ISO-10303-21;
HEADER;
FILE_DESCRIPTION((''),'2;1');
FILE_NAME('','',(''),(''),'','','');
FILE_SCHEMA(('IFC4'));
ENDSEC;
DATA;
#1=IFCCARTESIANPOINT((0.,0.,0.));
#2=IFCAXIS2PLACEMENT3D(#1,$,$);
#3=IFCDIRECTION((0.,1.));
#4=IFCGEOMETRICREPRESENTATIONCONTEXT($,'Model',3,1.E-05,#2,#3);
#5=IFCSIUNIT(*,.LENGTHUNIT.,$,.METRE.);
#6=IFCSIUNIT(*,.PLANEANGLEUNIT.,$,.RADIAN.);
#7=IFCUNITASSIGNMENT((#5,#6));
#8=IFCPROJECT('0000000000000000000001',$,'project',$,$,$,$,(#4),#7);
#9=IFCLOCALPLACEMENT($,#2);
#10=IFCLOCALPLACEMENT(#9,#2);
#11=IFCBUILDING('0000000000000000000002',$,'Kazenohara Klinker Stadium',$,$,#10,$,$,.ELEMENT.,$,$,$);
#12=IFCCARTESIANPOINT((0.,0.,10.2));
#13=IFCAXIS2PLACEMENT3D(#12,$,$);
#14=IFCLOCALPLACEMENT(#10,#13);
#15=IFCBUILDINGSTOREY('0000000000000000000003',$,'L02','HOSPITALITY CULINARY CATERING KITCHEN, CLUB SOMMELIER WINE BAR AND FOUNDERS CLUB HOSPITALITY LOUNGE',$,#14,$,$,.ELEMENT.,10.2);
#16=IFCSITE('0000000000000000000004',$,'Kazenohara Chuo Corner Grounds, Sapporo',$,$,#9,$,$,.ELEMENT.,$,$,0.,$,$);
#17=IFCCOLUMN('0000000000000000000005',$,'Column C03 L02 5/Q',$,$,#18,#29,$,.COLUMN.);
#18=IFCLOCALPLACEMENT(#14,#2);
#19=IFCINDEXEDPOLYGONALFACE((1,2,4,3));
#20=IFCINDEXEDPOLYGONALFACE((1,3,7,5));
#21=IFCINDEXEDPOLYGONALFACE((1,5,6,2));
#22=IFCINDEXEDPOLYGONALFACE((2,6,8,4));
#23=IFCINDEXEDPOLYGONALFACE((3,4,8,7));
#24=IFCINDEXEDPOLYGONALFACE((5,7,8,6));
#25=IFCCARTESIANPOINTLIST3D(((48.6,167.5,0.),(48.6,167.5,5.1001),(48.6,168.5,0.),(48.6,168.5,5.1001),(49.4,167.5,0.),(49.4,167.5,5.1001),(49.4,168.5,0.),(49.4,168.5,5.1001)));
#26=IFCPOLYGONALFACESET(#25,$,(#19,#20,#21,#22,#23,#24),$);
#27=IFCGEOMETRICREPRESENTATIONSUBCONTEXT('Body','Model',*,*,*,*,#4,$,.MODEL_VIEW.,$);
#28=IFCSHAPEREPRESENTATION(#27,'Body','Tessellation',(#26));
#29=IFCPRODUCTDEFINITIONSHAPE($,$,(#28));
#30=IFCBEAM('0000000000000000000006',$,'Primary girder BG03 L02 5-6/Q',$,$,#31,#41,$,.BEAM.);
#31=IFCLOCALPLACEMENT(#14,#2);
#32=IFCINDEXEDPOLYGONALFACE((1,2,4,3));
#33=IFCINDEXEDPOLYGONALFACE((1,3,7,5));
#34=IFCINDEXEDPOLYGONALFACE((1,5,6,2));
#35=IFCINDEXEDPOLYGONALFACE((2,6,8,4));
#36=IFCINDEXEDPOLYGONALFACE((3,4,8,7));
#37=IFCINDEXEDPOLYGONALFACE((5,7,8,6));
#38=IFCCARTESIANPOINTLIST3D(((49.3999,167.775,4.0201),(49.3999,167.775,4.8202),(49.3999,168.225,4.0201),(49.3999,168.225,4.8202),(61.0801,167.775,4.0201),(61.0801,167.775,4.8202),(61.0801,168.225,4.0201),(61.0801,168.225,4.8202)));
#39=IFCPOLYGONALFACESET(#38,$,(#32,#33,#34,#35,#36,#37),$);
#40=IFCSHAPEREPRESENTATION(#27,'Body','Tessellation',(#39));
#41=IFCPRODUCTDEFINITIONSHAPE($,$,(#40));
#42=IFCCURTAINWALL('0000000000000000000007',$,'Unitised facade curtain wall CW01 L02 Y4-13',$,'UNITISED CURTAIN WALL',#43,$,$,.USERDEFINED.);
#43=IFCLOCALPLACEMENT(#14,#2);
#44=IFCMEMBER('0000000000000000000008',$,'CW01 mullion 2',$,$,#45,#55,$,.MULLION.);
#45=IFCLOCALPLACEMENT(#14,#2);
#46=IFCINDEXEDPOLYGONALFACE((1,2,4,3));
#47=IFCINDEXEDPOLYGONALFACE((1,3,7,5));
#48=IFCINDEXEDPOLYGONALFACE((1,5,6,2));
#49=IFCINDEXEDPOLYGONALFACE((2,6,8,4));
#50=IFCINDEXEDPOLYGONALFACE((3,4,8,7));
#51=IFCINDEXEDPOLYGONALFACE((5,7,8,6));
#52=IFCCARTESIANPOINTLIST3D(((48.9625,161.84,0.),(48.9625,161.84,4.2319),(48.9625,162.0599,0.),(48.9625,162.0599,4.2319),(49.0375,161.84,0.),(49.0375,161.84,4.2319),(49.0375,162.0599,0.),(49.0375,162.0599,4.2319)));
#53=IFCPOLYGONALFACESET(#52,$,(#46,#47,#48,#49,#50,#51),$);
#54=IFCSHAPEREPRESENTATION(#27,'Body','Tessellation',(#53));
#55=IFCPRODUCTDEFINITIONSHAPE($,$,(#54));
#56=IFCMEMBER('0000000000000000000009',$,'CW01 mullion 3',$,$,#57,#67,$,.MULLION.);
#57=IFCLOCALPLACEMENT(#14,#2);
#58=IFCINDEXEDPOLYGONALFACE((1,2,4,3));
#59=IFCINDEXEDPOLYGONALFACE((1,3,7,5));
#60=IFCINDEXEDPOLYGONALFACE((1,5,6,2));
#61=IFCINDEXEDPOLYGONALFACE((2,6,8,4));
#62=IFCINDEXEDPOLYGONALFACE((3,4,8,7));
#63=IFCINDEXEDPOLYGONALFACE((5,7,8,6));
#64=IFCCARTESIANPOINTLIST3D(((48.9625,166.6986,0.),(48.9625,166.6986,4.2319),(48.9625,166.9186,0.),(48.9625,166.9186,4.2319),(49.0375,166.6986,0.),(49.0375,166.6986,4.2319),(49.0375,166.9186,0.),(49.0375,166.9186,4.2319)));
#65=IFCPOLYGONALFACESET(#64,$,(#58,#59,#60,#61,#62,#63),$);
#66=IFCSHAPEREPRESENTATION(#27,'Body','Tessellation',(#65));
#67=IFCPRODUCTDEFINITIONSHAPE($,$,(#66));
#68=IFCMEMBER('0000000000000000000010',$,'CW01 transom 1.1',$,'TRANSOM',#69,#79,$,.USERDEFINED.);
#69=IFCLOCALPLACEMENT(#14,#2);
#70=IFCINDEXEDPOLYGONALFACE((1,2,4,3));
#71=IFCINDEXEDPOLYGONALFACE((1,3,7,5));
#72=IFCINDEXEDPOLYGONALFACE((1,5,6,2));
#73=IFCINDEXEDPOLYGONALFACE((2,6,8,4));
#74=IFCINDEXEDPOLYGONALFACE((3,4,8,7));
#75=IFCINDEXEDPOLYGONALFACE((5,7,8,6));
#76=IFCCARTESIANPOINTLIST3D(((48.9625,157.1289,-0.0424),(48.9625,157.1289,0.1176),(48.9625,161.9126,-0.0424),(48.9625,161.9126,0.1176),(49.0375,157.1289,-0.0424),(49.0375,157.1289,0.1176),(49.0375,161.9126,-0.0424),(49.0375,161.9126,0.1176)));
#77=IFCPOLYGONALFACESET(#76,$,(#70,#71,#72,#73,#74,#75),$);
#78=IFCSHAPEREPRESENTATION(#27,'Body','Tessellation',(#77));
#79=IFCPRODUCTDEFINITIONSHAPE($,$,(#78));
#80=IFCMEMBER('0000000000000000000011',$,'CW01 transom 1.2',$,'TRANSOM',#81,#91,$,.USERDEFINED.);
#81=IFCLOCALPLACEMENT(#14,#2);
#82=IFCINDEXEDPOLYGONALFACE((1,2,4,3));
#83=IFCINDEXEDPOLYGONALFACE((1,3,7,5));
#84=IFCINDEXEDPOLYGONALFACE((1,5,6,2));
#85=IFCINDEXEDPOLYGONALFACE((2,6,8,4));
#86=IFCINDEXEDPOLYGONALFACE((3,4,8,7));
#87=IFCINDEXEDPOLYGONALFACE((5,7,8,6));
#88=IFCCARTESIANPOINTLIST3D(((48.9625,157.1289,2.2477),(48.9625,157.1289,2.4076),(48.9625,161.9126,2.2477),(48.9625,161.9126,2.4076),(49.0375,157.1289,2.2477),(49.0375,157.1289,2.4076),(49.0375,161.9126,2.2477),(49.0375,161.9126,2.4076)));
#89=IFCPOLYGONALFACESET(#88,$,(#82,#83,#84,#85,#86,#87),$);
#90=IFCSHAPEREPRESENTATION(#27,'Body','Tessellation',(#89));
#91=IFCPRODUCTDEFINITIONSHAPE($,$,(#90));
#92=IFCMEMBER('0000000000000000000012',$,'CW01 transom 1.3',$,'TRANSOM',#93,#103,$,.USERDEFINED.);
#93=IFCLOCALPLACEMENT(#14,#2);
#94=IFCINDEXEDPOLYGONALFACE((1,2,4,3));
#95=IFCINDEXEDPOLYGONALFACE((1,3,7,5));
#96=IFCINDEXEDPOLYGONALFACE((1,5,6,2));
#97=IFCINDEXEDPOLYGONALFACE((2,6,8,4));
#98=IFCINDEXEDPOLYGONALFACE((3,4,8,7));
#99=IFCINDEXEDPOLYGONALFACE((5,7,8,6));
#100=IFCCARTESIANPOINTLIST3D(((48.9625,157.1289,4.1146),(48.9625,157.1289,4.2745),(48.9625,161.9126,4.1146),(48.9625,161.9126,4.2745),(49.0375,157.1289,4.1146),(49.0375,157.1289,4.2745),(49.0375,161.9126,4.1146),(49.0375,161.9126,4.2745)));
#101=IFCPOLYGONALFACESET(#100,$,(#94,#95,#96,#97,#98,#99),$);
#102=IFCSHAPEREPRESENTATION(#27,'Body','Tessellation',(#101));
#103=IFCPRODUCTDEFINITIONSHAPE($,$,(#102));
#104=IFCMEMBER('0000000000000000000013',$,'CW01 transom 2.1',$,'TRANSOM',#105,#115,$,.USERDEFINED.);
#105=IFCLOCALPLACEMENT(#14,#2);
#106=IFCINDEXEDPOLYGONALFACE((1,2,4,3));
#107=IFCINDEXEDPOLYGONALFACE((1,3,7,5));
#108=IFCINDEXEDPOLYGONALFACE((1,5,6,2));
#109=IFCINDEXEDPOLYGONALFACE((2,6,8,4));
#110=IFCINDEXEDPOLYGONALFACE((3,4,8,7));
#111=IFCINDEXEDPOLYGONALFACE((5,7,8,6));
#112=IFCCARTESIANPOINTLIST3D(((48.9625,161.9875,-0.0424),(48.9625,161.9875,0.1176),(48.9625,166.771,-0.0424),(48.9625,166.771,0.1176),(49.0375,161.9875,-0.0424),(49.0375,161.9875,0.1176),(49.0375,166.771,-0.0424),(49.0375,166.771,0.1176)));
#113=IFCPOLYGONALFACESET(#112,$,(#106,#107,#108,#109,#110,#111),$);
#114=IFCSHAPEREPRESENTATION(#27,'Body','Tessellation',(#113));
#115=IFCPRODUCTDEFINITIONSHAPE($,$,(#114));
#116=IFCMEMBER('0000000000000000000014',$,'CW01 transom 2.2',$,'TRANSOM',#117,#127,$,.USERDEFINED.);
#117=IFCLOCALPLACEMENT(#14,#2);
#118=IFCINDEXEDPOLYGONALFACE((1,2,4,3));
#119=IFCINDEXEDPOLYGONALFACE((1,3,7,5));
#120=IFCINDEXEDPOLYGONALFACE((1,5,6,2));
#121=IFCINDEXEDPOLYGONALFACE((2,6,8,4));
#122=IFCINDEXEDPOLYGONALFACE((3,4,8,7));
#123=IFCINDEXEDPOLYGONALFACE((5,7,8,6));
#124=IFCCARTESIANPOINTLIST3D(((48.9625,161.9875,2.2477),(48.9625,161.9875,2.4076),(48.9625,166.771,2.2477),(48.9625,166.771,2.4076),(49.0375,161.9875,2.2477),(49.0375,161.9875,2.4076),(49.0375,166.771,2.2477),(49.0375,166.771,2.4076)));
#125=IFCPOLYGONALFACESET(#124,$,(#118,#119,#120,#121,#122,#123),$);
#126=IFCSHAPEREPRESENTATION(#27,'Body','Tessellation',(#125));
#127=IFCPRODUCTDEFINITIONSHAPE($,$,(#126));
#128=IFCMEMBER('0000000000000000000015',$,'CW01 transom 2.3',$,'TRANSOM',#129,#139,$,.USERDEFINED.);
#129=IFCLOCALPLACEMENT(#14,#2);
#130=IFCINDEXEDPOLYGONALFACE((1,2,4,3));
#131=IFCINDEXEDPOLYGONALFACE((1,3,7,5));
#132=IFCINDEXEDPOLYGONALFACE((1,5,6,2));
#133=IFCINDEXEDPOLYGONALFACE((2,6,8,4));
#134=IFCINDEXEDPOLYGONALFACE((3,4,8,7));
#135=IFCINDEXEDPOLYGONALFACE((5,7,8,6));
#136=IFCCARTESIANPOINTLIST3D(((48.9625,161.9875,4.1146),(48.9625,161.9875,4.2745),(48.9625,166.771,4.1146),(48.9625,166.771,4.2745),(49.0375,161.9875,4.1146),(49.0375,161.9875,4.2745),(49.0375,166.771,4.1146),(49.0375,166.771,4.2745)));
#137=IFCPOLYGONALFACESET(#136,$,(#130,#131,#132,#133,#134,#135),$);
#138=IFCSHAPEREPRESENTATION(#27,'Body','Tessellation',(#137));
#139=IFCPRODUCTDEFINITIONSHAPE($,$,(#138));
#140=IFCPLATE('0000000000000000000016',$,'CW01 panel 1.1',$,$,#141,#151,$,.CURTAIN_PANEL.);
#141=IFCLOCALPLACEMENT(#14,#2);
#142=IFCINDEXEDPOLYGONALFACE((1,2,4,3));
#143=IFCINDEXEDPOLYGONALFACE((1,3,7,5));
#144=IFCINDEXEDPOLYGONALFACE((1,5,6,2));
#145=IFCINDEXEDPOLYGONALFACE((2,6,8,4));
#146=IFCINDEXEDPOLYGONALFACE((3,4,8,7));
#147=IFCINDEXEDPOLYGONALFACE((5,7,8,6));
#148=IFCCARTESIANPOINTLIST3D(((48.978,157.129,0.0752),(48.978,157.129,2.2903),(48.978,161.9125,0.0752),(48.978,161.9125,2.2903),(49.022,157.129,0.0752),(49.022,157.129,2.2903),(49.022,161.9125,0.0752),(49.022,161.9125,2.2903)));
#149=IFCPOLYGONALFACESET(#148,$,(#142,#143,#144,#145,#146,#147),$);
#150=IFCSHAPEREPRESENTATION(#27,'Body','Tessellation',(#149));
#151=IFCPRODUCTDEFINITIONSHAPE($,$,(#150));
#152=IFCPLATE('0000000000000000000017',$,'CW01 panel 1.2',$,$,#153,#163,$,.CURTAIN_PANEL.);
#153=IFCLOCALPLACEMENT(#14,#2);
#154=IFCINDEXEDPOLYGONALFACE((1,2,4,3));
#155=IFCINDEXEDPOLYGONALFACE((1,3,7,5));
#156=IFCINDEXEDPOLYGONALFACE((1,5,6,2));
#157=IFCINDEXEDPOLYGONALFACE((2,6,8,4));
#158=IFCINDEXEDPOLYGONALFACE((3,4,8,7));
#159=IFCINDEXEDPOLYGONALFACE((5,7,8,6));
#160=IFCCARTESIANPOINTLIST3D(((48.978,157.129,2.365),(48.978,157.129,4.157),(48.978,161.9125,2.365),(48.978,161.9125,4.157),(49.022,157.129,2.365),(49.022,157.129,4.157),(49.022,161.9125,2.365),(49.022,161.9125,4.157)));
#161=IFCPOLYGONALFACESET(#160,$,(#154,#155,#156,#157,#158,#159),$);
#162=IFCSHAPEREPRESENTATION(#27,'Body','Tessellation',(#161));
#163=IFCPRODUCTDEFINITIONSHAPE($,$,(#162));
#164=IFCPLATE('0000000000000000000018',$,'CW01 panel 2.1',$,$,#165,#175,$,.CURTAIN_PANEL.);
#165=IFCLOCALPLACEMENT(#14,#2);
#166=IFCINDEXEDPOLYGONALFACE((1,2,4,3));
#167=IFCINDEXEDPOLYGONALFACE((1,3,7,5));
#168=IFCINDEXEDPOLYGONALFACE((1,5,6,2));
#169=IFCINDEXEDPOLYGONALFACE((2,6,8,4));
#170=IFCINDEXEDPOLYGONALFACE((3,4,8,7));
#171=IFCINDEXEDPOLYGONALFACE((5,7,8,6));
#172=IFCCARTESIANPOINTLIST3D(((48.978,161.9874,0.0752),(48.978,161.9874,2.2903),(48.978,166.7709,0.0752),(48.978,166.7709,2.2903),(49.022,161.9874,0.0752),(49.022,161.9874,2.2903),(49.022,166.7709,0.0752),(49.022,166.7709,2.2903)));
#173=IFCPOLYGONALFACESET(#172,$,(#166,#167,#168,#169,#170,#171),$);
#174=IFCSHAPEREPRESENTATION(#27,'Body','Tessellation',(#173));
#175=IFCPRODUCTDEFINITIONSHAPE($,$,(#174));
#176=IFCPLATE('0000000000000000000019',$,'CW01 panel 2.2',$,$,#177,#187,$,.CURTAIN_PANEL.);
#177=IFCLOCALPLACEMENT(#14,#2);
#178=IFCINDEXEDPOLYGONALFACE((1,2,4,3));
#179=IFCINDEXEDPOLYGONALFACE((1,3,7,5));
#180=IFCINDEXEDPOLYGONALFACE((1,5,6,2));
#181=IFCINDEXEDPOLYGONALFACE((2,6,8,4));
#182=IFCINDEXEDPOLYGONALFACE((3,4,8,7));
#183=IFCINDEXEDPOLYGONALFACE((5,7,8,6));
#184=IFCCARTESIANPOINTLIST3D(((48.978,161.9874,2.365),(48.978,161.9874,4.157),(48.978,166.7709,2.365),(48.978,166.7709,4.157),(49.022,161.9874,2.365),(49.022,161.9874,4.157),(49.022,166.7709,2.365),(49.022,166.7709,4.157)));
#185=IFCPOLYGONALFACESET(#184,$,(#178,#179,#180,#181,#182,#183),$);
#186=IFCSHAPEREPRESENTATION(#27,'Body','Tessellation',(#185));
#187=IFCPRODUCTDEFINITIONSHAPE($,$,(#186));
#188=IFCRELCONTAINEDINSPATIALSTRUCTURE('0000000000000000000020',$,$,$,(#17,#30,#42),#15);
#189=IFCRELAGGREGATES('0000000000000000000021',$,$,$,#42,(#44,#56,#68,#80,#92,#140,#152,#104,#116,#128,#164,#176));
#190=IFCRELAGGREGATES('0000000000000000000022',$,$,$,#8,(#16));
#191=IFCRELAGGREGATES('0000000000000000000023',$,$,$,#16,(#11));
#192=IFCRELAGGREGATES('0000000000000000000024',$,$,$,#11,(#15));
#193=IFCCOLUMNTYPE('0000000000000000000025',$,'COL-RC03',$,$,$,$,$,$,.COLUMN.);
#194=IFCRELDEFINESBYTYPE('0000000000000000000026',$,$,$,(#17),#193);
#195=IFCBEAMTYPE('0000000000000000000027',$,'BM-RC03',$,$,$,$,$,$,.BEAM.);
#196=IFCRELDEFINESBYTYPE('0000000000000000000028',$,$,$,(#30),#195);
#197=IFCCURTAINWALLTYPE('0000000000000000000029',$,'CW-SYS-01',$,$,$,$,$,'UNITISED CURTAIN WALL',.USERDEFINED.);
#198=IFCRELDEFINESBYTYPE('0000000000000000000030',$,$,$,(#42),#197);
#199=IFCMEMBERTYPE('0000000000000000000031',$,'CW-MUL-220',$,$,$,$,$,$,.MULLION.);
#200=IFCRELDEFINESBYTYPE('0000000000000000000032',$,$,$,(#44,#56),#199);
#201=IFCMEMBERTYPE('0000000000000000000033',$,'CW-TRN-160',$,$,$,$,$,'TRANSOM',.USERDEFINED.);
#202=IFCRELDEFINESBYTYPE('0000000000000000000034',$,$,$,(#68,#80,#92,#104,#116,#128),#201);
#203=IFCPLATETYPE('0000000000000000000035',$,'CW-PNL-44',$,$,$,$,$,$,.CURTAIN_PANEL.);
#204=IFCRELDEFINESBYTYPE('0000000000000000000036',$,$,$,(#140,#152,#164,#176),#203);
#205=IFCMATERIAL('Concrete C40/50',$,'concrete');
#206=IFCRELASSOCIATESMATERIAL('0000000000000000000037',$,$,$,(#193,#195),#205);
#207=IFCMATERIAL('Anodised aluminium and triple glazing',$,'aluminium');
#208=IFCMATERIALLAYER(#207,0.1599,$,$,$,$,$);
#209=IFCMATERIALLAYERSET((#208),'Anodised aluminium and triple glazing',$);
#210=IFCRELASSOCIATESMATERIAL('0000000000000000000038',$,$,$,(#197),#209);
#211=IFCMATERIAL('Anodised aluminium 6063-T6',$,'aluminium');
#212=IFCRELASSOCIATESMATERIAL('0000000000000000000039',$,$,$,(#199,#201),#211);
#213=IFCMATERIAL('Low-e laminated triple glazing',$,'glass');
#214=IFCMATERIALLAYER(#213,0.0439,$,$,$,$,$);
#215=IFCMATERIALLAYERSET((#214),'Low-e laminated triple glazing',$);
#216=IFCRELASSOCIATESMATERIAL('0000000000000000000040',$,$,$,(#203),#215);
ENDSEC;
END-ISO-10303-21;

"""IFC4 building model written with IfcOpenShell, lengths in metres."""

from ifc_helpers import new_model, si_unit, direction, frame, origin, origin_2d, place, context, subcontext, project, spatial, rectangle, extrude, material, layer, layer_set, material_profile, profile_set, type_object, element, aggregate, save


model = new_model("IFC4")

# Units and contexts
model_context = context("Model", 3, precision=1e-05, world=origin(), true_north=direction((0.0, 1.0)))
body_context = subcontext(model_context, "Body", "Model", "MODEL_VIEW")
ifc_project = project(units=[si_unit("LENGTHUNIT", "METRE"), si_unit("PLANEANGLEUNIT", "RADIAN")], contexts=[model_context])

# Site, building, storey
site_placement = place(None, origin())
site = spatial("IfcSite", under=ifc_project, at=site_placement, Name="Kazenohara Chuo Corner Grounds, Sapporo", CompositionType="ELEMENT", RefElevation=0.0)
building_placement = place(site_placement, origin())
building = spatial("IfcBuilding", under=site, at=building_placement, Name="Kazenohara Klinker Stadium", CompositionType="ELEMENT")
storey_placement = place(building_placement, frame((0.0, 0.0, 10.2)))
storey = spatial("IfcBuildingStorey", under=building, at=storey_placement, Name="L02", Description="HOSPITALITY CULINARY CATERING KITCHEN, CLUB SOMMELIER WINE BAR AND FOUNDERS CLUB HOSPITALITY LOUNGE", CompositionType="ELEMENT", Elevation=10.2)

# Column
ifc_material_1 = material(Name="Concrete C40/50", Category="concrete")
ifc_material_profile_1 = material_profile(ifc_material_1, rectangle(XDim=0.8, YDim=1.0, at=origin_2d()), Name="RC-COL-1000x800")
ifc_profile_set_1 = profile_set([ifc_material_profile_1], Name="Concrete C40/50")
column_type = type_object("IfcColumnType", Name="COL-RC03", PredefinedType="COLUMN", material=ifc_profile_set_1)
column_placement = place(storey_placement, frame((49.0, 168.0, 0.0), z_axis=(0.0, 0.0, 1.0), x_axis=(1.0, 0.0, 0.0)))
element("IfcColumn", 1, at=column_placement, inside=storey, type_object=column_type, Name="Column C03 L02 5/Q", PredefinedType="COLUMN", context=body_context, shape_type="SweptSolid", body=[
    extrude(rectangle(XDim=0.8, YDim=1.0, at=origin_2d()), origin(), (0.0, 0.0, 1.0), 5.1001),
])

# Beam
ifc_material_profile_2 = material_profile(ifc_material_1, rectangle(XDim=0.45, YDim=0.8, at=origin_2d()), Name="RC-BM-450x800")
ifc_profile_set_2 = profile_set([ifc_material_profile_2], Name="Concrete C40/50")
beam_type = type_object("IfcBeamType", Name="BM-RC03", PredefinedType="BEAM", material=ifc_profile_set_2)
beam_placement = place(storey_placement, frame((49.3999, 168.0, 4.4202), z_axis=(1.0, 0.0, 0.0), x_axis=(0.0, 1.0, 0.0)))
element("IfcBeam", 2, at=beam_placement, inside=storey, type_object=beam_type, Name="Primary girder BG03 L02 5-6/Q", PredefinedType="BEAM", context=body_context, shape_type="SweptSolid", body=[
    extrude(rectangle(XDim=0.45, YDim=0.8, at=origin_2d()), origin(), (0.0, 0.0, 1.0), 11.6802),
])

# Curtain wall, members, plates
ifc_material_2 = material(Name="Anodised aluminium and triple glazing", Category="aluminium")
ifc_layer_1 = layer(ifc_material_2, 0.1599)
ifc_layer_set_1 = layer_set([ifc_layer_1], Name="Anodised aluminium and triple glazing")
curtain_wall_type = type_object("IfcCurtainWallType", Name="CW-SYS-01", ElementType="UNITISED CURTAIN WALL", PredefinedType="USERDEFINED", material=ifc_layer_set_1)
curtain_wall_placement = place(storey_placement, origin())
curtain_wall = element("IfcCurtainWall", 3, at=curtain_wall_placement, inside=storey, type_object=curtain_wall_type, Name="Unitised facade curtain wall CW01 L02 Y4-13", ObjectType="UNITISED CURTAIN WALL", PredefinedType="USERDEFINED")
ifc_material_3 = material(Name="Anodised aluminium 6063-T6", Category="aluminium")
ifc_material_profile_3 = material_profile(ifc_material_3, rectangle(XDim=0.075, YDim=0.22, at=origin_2d()), Name="ALU-MUL-75x220")
ifc_profile_set_3 = profile_set([ifc_material_profile_3], Name="Anodised aluminium 6063-T6")
member_type_1 = type_object("IfcMemberType", Name="CW-MUL-220", PredefinedType="MULLION", material=ifc_profile_set_3)
member_1_placement = place(storey_placement, frame((49.0, 161.95, 0.0), z_axis=(0.0, 0.0, 1.0), x_axis=(-1.0, 0.0, 0.0)))
member_1 = element("IfcMember", 4, at=member_1_placement, type_object=member_type_1, Name="CW01 mullion 2", PredefinedType="MULLION", context=body_context, shape_type="SweptSolid", body=[
    extrude(rectangle(XDim=0.075, YDim=0.22, at=origin_2d()), origin(), (0.0, 0.0, 1.0), 4.2319),
])
member_2_placement = place(storey_placement, frame((49.0, 166.8086, 0.0), z_axis=(0.0, 0.0, 1.0), x_axis=(-1.0, 0.0, 0.0)))
member_2 = element("IfcMember", 5, at=member_2_placement, type_object=member_type_1, Name="CW01 mullion 3", PredefinedType="MULLION", context=body_context, shape_type="SweptSolid", body=[
    extrude(rectangle(XDim=0.075, YDim=0.22, at=origin_2d()), origin(), (0.0, 0.0, 1.0), 4.2319),
])
ifc_material_profile_4 = material_profile(ifc_material_3, rectangle(XDim=0.075, YDim=0.1599, at=origin_2d()), Name="ALU-TRN-75x160")
ifc_profile_set_4 = profile_set([ifc_material_profile_4], Name="Anodised aluminium 6063-T6")
member_type_2 = type_object("IfcMemberType", Name="CW-TRN-160", ElementType="TRANSOM", PredefinedType="USERDEFINED", material=ifc_profile_set_4)
member_3_placement = place(storey_placement, frame((49.0, 157.1289, 0.0376), z_axis=(0.0, 1.0, 0.0), x_axis=(-1.0, 0.0, 0.0)))
member_3 = element("IfcMember", 6, at=member_3_placement, type_object=member_type_2, Name="CW01 transom 1.1", ObjectType="TRANSOM", PredefinedType="USERDEFINED", context=body_context, shape_type="SweptSolid", body=[
    extrude(rectangle(XDim=0.075, YDim=0.1599, at=origin_2d()), origin(), (0.0, 0.0, 1.0), 4.7837),
])
member_4_placement = place(storey_placement, frame((49.0, 157.1289, 2.3276), z_axis=(0.0, 1.0, 0.0), x_axis=(-1.0, 0.0, 0.0)))
member_4 = element("IfcMember", 7, at=member_4_placement, type_object=member_type_2, Name="CW01 transom 1.2", ObjectType="TRANSOM", PredefinedType="USERDEFINED", context=body_context, shape_type="SweptSolid", body=[
    extrude(rectangle(XDim=0.075, YDim=0.1599, at=origin_2d()), origin(), (0.0, 0.0, 1.0), 4.7837),
])
member_5_placement = place(storey_placement, frame((49.0, 157.1289, 4.1946), z_axis=(0.0, 1.0, 0.0), x_axis=(-1.0, 0.0, 0.0)))
member_5 = element("IfcMember", 8, at=member_5_placement, type_object=member_type_2, Name="CW01 transom 1.3", ObjectType="TRANSOM", PredefinedType="USERDEFINED", context=body_context, shape_type="SweptSolid", body=[
    extrude(rectangle(XDim=0.075, YDim=0.1599, at=origin_2d()), origin(), (0.0, 0.0, 1.0), 4.7837),
])
member_6_placement = place(storey_placement, frame((49.0, 161.9875, 0.0376), z_axis=(0.0, 1.0, 0.0), x_axis=(-1.0, 0.0, 0.0)))
member_6 = element("IfcMember", 9, at=member_6_placement, type_object=member_type_2, Name="CW01 transom 2.1", ObjectType="TRANSOM", PredefinedType="USERDEFINED", context=body_context, shape_type="SweptSolid", body=[
    extrude(rectangle(XDim=0.075, YDim=0.1599, at=origin_2d()), origin(), (0.0, 0.0, 1.0), 4.7834),
])
member_7_placement = place(storey_placement, frame((49.0, 161.9875, 2.3276), z_axis=(0.0, 1.0, 0.0), x_axis=(-1.0, 0.0, 0.0)))
member_7 = element("IfcMember", 10, at=member_7_placement, type_object=member_type_2, Name="CW01 transom 2.2", ObjectType="TRANSOM", PredefinedType="USERDEFINED", context=body_context, shape_type="SweptSolid", body=[
    extrude(rectangle(XDim=0.075, YDim=0.1599, at=origin_2d()), origin(), (0.0, 0.0, 1.0), 4.7834),
])
member_8_placement = place(storey_placement, frame((49.0, 161.9875, 4.1946), z_axis=(0.0, 1.0, 0.0), x_axis=(-1.0, 0.0, 0.0)))
member_8 = element("IfcMember", 11, at=member_8_placement, type_object=member_type_2, Name="CW01 transom 2.3", ObjectType="TRANSOM", PredefinedType="USERDEFINED", context=body_context, shape_type="SweptSolid", body=[
    extrude(rectangle(XDim=0.075, YDim=0.1599, at=origin_2d()), origin(), (0.0, 0.0, 1.0), 4.7834),
])
ifc_material_4 = material(Name="Low-e laminated triple glazing", Category="glass")
ifc_layer_2 = layer(ifc_material_4, 0.0439)
ifc_layer_set_2 = layer_set([ifc_layer_2], Name="Low-e laminated triple glazing")
plate_type = type_object("IfcPlateType", Name="CW-PNL-44", PredefinedType="CURTAIN_PANEL", material=ifc_layer_set_2)
plate_1_placement = place(storey_placement, frame((49.0, 159.5208, 0.0752), z_axis=(0.0, 0.0, 1.0), x_axis=(0.0, 1.0, 0.0)))
plate_1 = element("IfcPlate", 12, at=plate_1_placement, type_object=plate_type, Name="CW01 panel 1.1", PredefinedType="CURTAIN_PANEL", context=body_context, shape_type="SweptSolid", body=[
    extrude(rectangle(XDim=4.7834, YDim=0.0439, at=origin_2d()), origin(), (0.0, 0.0, 1.0), 2.2151),
])
plate_2_placement = place(storey_placement, frame((49.0, 159.5208, 2.365), z_axis=(0.0, 0.0, 1.0), x_axis=(0.0, 1.0, 0.0)))
plate_2 = element("IfcPlate", 13, at=plate_2_placement, type_object=plate_type, Name="CW01 panel 1.2", PredefinedType="CURTAIN_PANEL", context=body_context, shape_type="SweptSolid", body=[
    extrude(rectangle(XDim=4.7834, YDim=0.0439, at=origin_2d()), origin(), (0.0, 0.0, 1.0), 1.792),
])
plate_3_placement = place(storey_placement, frame((49.0, 164.3792, 0.0752), z_axis=(0.0, 0.0, 1.0), x_axis=(0.0, 1.0, 0.0)))
plate_3 = element("IfcPlate", 14, at=plate_3_placement, type_object=plate_type, Name="CW01 panel 2.1", PredefinedType="CURTAIN_PANEL", context=body_context, shape_type="SweptSolid", body=[
    extrude(rectangle(XDim=4.7834, YDim=0.0439, at=origin_2d()), origin(), (0.0, 0.0, 1.0), 2.2151),
])
plate_4_placement = place(storey_placement, frame((49.0, 164.3792, 2.365), z_axis=(0.0, 0.0, 1.0), x_axis=(0.0, 1.0, 0.0)))
plate_4 = element("IfcPlate", 15, at=plate_4_placement, type_object=plate_type, Name="CW01 panel 2.2", PredefinedType="CURTAIN_PANEL", context=body_context, shape_type="SweptSolid", body=[
    extrude(rectangle(XDim=4.7834, YDim=0.0439, at=origin_2d()), origin(), (0.0, 0.0, 1.0), 1.792),
])
aggregate(curtain_wall, [member_1, member_2, member_3, member_4, member_5, plate_1, plate_2, member_6, member_7, member_8, plate_3, plate_4])

save(model, "model.ifc")
